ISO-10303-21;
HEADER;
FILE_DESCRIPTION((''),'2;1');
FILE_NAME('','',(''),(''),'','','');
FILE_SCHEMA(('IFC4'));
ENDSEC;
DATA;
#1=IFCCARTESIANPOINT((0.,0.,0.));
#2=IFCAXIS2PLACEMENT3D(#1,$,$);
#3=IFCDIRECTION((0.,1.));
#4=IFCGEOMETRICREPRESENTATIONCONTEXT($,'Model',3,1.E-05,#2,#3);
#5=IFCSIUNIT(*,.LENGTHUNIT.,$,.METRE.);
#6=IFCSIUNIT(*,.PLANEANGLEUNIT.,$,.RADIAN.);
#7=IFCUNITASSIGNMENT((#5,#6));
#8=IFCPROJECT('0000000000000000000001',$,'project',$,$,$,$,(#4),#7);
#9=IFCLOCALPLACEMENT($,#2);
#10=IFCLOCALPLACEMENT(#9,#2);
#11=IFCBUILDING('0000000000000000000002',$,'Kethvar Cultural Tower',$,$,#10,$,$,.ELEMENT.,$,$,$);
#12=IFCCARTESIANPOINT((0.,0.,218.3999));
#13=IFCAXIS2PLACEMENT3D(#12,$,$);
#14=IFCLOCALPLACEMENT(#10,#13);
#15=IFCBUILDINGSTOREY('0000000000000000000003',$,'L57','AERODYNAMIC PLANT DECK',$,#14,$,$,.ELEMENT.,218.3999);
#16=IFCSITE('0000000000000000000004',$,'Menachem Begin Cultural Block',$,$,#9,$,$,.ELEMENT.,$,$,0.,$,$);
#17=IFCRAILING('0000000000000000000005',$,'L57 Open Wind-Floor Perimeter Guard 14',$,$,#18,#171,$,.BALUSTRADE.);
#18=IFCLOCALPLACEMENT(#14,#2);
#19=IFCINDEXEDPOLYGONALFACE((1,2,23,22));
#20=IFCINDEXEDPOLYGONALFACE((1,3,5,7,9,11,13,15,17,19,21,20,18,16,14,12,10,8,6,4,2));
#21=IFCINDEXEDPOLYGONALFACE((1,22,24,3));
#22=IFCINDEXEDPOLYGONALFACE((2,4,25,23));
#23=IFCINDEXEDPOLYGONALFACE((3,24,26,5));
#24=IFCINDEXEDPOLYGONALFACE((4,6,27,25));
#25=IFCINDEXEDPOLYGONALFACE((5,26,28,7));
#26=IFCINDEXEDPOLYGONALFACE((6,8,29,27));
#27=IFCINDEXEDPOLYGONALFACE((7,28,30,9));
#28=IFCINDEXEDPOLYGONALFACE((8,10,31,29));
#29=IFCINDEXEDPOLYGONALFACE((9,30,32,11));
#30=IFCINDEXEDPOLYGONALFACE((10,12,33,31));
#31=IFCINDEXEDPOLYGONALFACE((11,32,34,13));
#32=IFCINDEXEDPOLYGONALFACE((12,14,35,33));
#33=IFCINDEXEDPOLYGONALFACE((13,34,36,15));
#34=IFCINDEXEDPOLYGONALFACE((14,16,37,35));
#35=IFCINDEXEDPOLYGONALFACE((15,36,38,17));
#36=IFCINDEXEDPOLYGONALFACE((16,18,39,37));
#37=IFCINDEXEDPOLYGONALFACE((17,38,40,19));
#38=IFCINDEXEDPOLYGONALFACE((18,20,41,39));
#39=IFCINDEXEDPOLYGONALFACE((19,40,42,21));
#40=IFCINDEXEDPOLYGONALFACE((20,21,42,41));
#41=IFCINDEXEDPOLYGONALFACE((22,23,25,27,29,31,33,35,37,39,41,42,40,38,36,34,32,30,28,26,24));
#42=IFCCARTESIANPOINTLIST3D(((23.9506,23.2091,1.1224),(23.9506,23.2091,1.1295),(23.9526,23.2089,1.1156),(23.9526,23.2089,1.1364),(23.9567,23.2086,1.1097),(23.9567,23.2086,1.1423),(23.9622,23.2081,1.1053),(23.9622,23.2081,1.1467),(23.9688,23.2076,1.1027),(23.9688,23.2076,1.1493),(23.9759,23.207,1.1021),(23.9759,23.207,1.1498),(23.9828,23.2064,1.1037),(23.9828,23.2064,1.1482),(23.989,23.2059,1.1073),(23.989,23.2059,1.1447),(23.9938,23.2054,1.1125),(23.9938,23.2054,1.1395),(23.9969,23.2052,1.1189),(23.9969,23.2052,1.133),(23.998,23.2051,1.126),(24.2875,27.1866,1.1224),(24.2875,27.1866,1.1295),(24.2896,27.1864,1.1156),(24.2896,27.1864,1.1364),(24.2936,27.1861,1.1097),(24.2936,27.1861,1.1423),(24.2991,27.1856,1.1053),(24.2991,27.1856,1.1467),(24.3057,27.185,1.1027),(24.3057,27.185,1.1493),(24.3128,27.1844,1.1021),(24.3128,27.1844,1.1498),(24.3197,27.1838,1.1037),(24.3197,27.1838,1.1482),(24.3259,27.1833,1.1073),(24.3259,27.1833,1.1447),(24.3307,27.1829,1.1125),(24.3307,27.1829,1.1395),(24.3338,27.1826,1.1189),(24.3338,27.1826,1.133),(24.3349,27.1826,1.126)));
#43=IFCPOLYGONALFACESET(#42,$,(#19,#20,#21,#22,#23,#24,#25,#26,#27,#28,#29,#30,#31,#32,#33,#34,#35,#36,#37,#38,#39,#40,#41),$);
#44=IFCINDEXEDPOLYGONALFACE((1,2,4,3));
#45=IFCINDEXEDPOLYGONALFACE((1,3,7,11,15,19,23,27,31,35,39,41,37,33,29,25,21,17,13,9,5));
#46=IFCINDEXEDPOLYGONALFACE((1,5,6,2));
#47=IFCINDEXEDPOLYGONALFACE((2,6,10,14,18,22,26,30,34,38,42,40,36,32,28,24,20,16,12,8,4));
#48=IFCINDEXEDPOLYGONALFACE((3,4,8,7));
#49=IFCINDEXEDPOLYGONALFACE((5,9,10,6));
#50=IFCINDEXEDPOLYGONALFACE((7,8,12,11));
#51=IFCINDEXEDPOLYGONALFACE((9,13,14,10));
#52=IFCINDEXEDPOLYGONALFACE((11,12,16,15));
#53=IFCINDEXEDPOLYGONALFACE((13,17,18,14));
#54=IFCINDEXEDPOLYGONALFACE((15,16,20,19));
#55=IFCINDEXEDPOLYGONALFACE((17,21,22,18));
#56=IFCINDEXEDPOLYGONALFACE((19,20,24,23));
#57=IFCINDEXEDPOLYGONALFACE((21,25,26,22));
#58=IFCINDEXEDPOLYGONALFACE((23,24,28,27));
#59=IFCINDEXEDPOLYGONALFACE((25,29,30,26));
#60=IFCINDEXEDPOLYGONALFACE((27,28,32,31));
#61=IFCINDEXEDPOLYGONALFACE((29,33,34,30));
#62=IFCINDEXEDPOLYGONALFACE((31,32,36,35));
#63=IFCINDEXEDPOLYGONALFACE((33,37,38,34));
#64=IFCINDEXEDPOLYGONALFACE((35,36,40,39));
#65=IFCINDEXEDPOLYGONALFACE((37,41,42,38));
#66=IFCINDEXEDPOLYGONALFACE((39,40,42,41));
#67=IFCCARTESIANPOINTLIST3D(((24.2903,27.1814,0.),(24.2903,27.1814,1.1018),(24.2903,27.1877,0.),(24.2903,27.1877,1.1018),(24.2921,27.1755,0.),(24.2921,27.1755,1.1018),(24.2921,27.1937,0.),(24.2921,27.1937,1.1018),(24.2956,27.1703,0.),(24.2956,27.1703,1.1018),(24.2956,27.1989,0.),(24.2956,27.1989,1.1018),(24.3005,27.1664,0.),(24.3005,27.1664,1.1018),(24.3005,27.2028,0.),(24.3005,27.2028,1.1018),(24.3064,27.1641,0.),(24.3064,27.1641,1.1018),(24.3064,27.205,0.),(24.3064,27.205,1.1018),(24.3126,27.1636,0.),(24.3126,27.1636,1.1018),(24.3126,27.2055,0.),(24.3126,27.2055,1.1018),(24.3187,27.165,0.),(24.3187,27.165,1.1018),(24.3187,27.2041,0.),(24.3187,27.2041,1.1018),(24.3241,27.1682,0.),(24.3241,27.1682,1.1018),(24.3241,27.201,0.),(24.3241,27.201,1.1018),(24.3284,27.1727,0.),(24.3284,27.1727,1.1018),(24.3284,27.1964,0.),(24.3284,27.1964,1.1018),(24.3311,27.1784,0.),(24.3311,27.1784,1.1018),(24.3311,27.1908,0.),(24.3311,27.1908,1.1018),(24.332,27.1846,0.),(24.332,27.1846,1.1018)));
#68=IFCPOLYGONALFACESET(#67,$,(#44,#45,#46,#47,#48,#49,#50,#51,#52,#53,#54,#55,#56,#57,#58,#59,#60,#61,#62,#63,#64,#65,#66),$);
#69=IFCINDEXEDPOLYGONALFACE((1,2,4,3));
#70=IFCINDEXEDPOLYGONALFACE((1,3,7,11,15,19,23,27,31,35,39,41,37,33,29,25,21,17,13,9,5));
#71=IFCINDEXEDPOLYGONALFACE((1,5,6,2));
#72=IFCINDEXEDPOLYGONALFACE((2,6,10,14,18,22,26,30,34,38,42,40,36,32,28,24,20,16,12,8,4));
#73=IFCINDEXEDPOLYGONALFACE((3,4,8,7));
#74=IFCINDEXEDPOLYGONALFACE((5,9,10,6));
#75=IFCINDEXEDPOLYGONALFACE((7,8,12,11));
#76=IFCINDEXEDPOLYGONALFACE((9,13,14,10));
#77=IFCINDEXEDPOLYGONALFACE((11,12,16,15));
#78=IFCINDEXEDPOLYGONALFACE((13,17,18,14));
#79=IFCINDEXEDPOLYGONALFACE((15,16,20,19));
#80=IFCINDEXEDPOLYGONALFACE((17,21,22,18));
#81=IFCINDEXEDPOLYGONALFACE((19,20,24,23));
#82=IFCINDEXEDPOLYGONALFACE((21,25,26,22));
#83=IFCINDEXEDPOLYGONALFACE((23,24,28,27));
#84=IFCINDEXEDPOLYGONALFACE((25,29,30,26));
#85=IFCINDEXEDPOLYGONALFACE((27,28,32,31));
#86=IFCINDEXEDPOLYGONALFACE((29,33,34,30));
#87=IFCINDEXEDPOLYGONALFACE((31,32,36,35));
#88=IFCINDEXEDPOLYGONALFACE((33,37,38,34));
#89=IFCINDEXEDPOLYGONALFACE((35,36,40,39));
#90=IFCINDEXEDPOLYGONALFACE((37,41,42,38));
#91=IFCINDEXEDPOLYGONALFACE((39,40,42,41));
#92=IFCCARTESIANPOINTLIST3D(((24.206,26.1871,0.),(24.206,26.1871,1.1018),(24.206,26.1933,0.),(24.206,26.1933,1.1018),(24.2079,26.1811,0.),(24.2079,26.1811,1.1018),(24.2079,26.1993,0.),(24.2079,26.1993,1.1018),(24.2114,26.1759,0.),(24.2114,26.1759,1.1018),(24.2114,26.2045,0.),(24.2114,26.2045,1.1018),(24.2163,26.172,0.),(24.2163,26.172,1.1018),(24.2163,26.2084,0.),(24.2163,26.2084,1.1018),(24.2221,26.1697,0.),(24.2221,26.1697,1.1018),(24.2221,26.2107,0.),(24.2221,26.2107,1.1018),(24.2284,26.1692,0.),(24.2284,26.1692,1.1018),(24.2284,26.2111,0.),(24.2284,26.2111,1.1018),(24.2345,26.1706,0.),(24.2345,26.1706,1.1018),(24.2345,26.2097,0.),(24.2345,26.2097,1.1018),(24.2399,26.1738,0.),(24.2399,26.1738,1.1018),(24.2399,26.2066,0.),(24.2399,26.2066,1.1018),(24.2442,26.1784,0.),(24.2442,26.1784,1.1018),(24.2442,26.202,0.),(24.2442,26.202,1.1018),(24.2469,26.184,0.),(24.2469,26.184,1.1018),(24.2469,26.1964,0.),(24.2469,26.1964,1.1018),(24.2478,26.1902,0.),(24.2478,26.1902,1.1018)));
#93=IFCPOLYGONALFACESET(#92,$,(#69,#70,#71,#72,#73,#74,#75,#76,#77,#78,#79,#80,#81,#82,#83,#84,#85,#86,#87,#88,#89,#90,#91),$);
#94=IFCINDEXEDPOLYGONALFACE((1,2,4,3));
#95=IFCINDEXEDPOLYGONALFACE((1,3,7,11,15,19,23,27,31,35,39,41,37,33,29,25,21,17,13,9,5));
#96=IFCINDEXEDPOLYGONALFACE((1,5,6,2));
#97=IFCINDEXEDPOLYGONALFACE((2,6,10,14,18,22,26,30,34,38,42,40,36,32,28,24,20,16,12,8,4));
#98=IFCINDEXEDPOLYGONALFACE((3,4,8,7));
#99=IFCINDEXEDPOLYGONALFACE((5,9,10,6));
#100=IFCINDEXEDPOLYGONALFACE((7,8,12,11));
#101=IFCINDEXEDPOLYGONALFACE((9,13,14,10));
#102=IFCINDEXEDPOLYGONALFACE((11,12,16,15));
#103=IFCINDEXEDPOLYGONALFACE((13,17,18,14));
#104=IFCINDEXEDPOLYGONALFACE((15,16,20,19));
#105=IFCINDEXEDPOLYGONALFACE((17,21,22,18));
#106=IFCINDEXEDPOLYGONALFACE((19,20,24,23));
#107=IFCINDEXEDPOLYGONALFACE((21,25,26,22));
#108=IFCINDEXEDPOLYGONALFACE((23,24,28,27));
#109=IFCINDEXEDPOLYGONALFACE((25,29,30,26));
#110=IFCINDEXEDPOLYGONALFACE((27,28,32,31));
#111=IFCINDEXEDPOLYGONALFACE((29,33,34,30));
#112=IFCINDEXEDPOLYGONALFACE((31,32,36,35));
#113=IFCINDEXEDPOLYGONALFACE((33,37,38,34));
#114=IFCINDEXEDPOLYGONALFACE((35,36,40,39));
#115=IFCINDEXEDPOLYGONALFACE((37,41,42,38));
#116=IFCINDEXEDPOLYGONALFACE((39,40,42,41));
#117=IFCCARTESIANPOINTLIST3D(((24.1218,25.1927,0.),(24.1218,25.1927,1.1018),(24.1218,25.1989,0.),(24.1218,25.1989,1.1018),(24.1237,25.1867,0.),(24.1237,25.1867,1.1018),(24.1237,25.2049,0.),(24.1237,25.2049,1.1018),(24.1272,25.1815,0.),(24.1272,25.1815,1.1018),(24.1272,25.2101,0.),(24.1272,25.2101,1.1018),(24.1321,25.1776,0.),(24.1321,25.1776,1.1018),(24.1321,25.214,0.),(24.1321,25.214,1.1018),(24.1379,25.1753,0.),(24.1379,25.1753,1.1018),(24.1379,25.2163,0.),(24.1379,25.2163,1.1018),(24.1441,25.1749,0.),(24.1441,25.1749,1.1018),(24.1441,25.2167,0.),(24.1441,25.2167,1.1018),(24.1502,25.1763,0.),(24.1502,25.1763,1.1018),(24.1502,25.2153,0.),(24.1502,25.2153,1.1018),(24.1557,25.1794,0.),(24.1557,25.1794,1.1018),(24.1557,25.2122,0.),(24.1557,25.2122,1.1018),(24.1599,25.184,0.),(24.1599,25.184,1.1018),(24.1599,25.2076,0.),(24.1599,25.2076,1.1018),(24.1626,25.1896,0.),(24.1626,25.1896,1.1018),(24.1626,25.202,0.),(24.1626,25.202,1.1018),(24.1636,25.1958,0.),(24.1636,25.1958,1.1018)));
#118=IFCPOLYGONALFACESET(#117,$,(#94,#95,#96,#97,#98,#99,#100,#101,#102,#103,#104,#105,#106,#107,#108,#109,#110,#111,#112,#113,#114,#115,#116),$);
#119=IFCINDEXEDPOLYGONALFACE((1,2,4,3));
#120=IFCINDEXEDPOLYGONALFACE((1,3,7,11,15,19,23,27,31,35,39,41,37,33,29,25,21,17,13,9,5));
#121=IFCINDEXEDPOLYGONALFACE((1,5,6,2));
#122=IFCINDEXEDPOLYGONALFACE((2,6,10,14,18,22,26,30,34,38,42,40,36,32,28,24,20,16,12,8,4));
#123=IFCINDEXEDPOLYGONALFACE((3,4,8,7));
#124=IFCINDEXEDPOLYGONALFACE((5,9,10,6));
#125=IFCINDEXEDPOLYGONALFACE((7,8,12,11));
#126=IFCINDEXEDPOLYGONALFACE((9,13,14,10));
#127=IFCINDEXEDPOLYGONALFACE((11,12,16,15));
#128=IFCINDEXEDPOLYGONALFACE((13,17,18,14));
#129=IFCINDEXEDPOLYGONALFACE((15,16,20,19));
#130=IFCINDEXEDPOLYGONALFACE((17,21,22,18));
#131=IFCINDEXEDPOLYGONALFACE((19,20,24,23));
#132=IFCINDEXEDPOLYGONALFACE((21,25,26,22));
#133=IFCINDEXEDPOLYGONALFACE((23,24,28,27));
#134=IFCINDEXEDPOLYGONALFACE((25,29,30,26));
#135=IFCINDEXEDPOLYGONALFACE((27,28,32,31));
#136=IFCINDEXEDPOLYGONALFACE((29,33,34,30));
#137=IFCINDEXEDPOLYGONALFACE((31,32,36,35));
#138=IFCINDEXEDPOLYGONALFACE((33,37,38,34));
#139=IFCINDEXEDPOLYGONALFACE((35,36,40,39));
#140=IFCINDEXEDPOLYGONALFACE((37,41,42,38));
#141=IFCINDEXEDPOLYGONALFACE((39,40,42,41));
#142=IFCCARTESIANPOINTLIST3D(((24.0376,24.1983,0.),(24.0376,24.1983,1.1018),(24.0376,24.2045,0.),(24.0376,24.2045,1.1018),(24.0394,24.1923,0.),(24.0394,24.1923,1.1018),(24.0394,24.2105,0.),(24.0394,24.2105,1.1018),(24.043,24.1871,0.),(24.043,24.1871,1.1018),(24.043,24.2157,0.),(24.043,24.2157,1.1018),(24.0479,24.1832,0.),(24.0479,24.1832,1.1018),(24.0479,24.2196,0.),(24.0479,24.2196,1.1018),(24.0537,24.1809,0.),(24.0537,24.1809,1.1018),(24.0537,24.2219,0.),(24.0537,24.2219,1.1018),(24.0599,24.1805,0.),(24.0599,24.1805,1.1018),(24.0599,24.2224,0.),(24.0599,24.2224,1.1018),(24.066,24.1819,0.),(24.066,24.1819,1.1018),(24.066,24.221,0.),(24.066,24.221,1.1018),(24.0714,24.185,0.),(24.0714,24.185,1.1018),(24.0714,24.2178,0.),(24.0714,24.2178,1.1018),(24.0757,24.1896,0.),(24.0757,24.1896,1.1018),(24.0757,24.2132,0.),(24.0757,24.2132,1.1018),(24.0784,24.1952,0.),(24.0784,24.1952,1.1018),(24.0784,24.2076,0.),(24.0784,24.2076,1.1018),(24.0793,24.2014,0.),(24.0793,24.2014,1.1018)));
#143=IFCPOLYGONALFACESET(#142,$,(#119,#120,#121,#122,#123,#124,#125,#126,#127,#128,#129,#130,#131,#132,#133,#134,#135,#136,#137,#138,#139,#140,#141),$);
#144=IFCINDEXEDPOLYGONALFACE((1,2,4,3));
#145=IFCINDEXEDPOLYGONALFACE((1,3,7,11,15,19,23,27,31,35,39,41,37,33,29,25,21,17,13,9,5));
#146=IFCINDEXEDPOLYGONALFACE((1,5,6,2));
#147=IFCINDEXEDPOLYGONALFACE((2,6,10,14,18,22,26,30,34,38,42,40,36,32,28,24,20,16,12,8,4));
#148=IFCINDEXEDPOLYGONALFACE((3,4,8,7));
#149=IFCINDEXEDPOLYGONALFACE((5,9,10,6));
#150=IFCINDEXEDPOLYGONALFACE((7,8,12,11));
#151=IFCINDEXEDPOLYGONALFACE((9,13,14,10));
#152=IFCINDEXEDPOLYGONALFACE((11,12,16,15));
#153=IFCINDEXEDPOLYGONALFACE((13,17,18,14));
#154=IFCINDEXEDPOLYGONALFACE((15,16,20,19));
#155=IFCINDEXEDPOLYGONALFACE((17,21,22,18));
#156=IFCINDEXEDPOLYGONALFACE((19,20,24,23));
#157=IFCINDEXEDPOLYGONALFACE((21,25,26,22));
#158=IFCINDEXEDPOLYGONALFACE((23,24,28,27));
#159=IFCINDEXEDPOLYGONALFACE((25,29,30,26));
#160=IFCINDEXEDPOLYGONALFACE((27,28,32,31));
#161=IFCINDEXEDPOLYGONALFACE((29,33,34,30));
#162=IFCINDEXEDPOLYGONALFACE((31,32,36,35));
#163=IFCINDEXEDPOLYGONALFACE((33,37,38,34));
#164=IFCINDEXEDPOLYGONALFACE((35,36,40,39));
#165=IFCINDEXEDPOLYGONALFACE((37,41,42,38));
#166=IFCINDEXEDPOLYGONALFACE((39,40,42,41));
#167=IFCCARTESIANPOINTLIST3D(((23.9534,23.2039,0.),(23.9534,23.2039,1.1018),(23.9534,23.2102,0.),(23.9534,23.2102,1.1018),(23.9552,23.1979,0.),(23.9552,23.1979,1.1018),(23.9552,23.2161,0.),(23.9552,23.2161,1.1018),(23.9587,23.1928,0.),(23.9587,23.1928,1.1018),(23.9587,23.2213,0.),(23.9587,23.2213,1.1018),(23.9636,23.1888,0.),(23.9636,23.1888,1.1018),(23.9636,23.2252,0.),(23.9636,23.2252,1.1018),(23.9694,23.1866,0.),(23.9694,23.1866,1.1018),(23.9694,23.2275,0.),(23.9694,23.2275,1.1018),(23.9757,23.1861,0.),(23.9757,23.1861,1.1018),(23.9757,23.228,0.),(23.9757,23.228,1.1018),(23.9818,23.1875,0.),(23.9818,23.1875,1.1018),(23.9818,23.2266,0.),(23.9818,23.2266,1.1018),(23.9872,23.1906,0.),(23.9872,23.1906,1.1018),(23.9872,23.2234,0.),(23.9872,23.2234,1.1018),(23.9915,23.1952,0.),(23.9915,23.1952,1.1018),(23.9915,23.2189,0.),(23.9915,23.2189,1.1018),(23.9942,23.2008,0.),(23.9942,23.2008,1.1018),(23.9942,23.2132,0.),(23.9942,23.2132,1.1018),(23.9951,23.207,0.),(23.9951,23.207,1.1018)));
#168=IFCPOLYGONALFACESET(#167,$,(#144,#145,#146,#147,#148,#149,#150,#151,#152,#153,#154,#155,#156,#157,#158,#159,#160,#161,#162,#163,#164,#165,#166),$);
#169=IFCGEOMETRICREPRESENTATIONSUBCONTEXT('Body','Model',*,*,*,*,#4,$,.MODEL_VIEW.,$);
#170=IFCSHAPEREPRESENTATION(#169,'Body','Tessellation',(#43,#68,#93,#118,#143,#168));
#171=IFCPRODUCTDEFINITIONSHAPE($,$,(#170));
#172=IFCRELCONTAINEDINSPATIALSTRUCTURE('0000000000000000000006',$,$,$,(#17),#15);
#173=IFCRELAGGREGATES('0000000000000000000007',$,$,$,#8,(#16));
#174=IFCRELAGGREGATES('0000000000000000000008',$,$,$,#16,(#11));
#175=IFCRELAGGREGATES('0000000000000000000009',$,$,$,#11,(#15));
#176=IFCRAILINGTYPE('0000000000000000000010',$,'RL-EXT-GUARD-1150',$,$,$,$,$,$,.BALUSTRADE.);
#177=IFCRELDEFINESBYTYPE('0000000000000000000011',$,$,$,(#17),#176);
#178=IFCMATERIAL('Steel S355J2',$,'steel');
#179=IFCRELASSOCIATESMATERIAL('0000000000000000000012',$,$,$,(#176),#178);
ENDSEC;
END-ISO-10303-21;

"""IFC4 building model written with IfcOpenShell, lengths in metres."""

from ifc_helpers import new_model, si_unit, direction, frame, origin, origin_2d, place, context, subcontext, project, spatial, circle, extrude, material, type_object, element, save


model = new_model("IFC4")

# Units and contexts
model_context = context("Model", 3, precision=1e-05, world=origin(), true_north=direction((0.0, 1.0)))
body_context = subcontext(model_context, "Body", "Model", "MODEL_VIEW")
ifc_project = project(units=[si_unit("LENGTHUNIT", "METRE"), si_unit("PLANEANGLEUNIT", "RADIAN")], contexts=[model_context])

# Site, building, storey
site_placement = place(None, origin())
site = spatial("IfcSite", under=ifc_project, at=site_placement, Name="Menachem Begin Cultural Block", CompositionType="ELEMENT", RefElevation=0.0)
building_placement = place(site_placement, origin())
building = spatial("IfcBuilding", under=site, at=building_placement, Name="Kethvar Cultural Tower", CompositionType="ELEMENT")
storey_placement = place(building_placement, frame((0.0, 0.0, 218.3999)))
storey = spatial("IfcBuildingStorey", under=building, at=storey_placement, Name="L57", Description="AERODYNAMIC PLANT DECK", CompositionType="ELEMENT", Elevation=218.3999)

# Shared definitions
ifc_material_1 = material(Name="Steel S355J2", Category="steel")

# Railing
railing_type = type_object("IfcRailingType", Name="RL-EXT-GUARD-1150", PredefinedType="BALUSTRADE", material=ifc_material_1)
railing_1_placement = place(storey_placement, frame((24.311, 27.1846, 0.0)))
element("IfcRailing", 1, at=railing_1_placement, inside=storey, type_object=railing_type, Name="L57 Open Wind-Floor Perimeter Guard 14", PredefinedType="BALUSTRADE", context=body_context, shape_type="SweptSolid", body=[
    extrude(circle(Radius=0.0239, at=origin_2d()), frame((0.0, 0.0, 1.126), z_axis=(-0.084402, -0.996432, 0.0), x_axis=(0.996432, -0.084402, 0.0)), (0.0, 0.0, 1.0), 3.9917),
    extrude(circle(Radius=0.021, at=origin_2d()), origin(), (0.0, 0.0, 1.0), 1.1018),
    extrude(circle(Radius=0.021, at=origin_2d()), frame((-0.0842, -0.9944, 0.0)), (0.0, 0.0, 1.0), 1.1018),
    extrude(circle(Radius=0.021, at=origin_2d()), frame((-0.1685, -1.9888, 0.0)), (0.0, 0.0, 1.0), 1.1018),
    extrude(circle(Radius=0.021, at=origin_2d()), frame((-0.2527, -2.9832, 0.0)), (0.0, 0.0, 1.0), 1.1018),
    extrude(circle(Radius=0.021, at=origin_2d()), frame((-0.3369, -3.9775, 0.0)), (0.0, 0.0, 1.0), 1.1018),
])

save(model, "model.ifc")
